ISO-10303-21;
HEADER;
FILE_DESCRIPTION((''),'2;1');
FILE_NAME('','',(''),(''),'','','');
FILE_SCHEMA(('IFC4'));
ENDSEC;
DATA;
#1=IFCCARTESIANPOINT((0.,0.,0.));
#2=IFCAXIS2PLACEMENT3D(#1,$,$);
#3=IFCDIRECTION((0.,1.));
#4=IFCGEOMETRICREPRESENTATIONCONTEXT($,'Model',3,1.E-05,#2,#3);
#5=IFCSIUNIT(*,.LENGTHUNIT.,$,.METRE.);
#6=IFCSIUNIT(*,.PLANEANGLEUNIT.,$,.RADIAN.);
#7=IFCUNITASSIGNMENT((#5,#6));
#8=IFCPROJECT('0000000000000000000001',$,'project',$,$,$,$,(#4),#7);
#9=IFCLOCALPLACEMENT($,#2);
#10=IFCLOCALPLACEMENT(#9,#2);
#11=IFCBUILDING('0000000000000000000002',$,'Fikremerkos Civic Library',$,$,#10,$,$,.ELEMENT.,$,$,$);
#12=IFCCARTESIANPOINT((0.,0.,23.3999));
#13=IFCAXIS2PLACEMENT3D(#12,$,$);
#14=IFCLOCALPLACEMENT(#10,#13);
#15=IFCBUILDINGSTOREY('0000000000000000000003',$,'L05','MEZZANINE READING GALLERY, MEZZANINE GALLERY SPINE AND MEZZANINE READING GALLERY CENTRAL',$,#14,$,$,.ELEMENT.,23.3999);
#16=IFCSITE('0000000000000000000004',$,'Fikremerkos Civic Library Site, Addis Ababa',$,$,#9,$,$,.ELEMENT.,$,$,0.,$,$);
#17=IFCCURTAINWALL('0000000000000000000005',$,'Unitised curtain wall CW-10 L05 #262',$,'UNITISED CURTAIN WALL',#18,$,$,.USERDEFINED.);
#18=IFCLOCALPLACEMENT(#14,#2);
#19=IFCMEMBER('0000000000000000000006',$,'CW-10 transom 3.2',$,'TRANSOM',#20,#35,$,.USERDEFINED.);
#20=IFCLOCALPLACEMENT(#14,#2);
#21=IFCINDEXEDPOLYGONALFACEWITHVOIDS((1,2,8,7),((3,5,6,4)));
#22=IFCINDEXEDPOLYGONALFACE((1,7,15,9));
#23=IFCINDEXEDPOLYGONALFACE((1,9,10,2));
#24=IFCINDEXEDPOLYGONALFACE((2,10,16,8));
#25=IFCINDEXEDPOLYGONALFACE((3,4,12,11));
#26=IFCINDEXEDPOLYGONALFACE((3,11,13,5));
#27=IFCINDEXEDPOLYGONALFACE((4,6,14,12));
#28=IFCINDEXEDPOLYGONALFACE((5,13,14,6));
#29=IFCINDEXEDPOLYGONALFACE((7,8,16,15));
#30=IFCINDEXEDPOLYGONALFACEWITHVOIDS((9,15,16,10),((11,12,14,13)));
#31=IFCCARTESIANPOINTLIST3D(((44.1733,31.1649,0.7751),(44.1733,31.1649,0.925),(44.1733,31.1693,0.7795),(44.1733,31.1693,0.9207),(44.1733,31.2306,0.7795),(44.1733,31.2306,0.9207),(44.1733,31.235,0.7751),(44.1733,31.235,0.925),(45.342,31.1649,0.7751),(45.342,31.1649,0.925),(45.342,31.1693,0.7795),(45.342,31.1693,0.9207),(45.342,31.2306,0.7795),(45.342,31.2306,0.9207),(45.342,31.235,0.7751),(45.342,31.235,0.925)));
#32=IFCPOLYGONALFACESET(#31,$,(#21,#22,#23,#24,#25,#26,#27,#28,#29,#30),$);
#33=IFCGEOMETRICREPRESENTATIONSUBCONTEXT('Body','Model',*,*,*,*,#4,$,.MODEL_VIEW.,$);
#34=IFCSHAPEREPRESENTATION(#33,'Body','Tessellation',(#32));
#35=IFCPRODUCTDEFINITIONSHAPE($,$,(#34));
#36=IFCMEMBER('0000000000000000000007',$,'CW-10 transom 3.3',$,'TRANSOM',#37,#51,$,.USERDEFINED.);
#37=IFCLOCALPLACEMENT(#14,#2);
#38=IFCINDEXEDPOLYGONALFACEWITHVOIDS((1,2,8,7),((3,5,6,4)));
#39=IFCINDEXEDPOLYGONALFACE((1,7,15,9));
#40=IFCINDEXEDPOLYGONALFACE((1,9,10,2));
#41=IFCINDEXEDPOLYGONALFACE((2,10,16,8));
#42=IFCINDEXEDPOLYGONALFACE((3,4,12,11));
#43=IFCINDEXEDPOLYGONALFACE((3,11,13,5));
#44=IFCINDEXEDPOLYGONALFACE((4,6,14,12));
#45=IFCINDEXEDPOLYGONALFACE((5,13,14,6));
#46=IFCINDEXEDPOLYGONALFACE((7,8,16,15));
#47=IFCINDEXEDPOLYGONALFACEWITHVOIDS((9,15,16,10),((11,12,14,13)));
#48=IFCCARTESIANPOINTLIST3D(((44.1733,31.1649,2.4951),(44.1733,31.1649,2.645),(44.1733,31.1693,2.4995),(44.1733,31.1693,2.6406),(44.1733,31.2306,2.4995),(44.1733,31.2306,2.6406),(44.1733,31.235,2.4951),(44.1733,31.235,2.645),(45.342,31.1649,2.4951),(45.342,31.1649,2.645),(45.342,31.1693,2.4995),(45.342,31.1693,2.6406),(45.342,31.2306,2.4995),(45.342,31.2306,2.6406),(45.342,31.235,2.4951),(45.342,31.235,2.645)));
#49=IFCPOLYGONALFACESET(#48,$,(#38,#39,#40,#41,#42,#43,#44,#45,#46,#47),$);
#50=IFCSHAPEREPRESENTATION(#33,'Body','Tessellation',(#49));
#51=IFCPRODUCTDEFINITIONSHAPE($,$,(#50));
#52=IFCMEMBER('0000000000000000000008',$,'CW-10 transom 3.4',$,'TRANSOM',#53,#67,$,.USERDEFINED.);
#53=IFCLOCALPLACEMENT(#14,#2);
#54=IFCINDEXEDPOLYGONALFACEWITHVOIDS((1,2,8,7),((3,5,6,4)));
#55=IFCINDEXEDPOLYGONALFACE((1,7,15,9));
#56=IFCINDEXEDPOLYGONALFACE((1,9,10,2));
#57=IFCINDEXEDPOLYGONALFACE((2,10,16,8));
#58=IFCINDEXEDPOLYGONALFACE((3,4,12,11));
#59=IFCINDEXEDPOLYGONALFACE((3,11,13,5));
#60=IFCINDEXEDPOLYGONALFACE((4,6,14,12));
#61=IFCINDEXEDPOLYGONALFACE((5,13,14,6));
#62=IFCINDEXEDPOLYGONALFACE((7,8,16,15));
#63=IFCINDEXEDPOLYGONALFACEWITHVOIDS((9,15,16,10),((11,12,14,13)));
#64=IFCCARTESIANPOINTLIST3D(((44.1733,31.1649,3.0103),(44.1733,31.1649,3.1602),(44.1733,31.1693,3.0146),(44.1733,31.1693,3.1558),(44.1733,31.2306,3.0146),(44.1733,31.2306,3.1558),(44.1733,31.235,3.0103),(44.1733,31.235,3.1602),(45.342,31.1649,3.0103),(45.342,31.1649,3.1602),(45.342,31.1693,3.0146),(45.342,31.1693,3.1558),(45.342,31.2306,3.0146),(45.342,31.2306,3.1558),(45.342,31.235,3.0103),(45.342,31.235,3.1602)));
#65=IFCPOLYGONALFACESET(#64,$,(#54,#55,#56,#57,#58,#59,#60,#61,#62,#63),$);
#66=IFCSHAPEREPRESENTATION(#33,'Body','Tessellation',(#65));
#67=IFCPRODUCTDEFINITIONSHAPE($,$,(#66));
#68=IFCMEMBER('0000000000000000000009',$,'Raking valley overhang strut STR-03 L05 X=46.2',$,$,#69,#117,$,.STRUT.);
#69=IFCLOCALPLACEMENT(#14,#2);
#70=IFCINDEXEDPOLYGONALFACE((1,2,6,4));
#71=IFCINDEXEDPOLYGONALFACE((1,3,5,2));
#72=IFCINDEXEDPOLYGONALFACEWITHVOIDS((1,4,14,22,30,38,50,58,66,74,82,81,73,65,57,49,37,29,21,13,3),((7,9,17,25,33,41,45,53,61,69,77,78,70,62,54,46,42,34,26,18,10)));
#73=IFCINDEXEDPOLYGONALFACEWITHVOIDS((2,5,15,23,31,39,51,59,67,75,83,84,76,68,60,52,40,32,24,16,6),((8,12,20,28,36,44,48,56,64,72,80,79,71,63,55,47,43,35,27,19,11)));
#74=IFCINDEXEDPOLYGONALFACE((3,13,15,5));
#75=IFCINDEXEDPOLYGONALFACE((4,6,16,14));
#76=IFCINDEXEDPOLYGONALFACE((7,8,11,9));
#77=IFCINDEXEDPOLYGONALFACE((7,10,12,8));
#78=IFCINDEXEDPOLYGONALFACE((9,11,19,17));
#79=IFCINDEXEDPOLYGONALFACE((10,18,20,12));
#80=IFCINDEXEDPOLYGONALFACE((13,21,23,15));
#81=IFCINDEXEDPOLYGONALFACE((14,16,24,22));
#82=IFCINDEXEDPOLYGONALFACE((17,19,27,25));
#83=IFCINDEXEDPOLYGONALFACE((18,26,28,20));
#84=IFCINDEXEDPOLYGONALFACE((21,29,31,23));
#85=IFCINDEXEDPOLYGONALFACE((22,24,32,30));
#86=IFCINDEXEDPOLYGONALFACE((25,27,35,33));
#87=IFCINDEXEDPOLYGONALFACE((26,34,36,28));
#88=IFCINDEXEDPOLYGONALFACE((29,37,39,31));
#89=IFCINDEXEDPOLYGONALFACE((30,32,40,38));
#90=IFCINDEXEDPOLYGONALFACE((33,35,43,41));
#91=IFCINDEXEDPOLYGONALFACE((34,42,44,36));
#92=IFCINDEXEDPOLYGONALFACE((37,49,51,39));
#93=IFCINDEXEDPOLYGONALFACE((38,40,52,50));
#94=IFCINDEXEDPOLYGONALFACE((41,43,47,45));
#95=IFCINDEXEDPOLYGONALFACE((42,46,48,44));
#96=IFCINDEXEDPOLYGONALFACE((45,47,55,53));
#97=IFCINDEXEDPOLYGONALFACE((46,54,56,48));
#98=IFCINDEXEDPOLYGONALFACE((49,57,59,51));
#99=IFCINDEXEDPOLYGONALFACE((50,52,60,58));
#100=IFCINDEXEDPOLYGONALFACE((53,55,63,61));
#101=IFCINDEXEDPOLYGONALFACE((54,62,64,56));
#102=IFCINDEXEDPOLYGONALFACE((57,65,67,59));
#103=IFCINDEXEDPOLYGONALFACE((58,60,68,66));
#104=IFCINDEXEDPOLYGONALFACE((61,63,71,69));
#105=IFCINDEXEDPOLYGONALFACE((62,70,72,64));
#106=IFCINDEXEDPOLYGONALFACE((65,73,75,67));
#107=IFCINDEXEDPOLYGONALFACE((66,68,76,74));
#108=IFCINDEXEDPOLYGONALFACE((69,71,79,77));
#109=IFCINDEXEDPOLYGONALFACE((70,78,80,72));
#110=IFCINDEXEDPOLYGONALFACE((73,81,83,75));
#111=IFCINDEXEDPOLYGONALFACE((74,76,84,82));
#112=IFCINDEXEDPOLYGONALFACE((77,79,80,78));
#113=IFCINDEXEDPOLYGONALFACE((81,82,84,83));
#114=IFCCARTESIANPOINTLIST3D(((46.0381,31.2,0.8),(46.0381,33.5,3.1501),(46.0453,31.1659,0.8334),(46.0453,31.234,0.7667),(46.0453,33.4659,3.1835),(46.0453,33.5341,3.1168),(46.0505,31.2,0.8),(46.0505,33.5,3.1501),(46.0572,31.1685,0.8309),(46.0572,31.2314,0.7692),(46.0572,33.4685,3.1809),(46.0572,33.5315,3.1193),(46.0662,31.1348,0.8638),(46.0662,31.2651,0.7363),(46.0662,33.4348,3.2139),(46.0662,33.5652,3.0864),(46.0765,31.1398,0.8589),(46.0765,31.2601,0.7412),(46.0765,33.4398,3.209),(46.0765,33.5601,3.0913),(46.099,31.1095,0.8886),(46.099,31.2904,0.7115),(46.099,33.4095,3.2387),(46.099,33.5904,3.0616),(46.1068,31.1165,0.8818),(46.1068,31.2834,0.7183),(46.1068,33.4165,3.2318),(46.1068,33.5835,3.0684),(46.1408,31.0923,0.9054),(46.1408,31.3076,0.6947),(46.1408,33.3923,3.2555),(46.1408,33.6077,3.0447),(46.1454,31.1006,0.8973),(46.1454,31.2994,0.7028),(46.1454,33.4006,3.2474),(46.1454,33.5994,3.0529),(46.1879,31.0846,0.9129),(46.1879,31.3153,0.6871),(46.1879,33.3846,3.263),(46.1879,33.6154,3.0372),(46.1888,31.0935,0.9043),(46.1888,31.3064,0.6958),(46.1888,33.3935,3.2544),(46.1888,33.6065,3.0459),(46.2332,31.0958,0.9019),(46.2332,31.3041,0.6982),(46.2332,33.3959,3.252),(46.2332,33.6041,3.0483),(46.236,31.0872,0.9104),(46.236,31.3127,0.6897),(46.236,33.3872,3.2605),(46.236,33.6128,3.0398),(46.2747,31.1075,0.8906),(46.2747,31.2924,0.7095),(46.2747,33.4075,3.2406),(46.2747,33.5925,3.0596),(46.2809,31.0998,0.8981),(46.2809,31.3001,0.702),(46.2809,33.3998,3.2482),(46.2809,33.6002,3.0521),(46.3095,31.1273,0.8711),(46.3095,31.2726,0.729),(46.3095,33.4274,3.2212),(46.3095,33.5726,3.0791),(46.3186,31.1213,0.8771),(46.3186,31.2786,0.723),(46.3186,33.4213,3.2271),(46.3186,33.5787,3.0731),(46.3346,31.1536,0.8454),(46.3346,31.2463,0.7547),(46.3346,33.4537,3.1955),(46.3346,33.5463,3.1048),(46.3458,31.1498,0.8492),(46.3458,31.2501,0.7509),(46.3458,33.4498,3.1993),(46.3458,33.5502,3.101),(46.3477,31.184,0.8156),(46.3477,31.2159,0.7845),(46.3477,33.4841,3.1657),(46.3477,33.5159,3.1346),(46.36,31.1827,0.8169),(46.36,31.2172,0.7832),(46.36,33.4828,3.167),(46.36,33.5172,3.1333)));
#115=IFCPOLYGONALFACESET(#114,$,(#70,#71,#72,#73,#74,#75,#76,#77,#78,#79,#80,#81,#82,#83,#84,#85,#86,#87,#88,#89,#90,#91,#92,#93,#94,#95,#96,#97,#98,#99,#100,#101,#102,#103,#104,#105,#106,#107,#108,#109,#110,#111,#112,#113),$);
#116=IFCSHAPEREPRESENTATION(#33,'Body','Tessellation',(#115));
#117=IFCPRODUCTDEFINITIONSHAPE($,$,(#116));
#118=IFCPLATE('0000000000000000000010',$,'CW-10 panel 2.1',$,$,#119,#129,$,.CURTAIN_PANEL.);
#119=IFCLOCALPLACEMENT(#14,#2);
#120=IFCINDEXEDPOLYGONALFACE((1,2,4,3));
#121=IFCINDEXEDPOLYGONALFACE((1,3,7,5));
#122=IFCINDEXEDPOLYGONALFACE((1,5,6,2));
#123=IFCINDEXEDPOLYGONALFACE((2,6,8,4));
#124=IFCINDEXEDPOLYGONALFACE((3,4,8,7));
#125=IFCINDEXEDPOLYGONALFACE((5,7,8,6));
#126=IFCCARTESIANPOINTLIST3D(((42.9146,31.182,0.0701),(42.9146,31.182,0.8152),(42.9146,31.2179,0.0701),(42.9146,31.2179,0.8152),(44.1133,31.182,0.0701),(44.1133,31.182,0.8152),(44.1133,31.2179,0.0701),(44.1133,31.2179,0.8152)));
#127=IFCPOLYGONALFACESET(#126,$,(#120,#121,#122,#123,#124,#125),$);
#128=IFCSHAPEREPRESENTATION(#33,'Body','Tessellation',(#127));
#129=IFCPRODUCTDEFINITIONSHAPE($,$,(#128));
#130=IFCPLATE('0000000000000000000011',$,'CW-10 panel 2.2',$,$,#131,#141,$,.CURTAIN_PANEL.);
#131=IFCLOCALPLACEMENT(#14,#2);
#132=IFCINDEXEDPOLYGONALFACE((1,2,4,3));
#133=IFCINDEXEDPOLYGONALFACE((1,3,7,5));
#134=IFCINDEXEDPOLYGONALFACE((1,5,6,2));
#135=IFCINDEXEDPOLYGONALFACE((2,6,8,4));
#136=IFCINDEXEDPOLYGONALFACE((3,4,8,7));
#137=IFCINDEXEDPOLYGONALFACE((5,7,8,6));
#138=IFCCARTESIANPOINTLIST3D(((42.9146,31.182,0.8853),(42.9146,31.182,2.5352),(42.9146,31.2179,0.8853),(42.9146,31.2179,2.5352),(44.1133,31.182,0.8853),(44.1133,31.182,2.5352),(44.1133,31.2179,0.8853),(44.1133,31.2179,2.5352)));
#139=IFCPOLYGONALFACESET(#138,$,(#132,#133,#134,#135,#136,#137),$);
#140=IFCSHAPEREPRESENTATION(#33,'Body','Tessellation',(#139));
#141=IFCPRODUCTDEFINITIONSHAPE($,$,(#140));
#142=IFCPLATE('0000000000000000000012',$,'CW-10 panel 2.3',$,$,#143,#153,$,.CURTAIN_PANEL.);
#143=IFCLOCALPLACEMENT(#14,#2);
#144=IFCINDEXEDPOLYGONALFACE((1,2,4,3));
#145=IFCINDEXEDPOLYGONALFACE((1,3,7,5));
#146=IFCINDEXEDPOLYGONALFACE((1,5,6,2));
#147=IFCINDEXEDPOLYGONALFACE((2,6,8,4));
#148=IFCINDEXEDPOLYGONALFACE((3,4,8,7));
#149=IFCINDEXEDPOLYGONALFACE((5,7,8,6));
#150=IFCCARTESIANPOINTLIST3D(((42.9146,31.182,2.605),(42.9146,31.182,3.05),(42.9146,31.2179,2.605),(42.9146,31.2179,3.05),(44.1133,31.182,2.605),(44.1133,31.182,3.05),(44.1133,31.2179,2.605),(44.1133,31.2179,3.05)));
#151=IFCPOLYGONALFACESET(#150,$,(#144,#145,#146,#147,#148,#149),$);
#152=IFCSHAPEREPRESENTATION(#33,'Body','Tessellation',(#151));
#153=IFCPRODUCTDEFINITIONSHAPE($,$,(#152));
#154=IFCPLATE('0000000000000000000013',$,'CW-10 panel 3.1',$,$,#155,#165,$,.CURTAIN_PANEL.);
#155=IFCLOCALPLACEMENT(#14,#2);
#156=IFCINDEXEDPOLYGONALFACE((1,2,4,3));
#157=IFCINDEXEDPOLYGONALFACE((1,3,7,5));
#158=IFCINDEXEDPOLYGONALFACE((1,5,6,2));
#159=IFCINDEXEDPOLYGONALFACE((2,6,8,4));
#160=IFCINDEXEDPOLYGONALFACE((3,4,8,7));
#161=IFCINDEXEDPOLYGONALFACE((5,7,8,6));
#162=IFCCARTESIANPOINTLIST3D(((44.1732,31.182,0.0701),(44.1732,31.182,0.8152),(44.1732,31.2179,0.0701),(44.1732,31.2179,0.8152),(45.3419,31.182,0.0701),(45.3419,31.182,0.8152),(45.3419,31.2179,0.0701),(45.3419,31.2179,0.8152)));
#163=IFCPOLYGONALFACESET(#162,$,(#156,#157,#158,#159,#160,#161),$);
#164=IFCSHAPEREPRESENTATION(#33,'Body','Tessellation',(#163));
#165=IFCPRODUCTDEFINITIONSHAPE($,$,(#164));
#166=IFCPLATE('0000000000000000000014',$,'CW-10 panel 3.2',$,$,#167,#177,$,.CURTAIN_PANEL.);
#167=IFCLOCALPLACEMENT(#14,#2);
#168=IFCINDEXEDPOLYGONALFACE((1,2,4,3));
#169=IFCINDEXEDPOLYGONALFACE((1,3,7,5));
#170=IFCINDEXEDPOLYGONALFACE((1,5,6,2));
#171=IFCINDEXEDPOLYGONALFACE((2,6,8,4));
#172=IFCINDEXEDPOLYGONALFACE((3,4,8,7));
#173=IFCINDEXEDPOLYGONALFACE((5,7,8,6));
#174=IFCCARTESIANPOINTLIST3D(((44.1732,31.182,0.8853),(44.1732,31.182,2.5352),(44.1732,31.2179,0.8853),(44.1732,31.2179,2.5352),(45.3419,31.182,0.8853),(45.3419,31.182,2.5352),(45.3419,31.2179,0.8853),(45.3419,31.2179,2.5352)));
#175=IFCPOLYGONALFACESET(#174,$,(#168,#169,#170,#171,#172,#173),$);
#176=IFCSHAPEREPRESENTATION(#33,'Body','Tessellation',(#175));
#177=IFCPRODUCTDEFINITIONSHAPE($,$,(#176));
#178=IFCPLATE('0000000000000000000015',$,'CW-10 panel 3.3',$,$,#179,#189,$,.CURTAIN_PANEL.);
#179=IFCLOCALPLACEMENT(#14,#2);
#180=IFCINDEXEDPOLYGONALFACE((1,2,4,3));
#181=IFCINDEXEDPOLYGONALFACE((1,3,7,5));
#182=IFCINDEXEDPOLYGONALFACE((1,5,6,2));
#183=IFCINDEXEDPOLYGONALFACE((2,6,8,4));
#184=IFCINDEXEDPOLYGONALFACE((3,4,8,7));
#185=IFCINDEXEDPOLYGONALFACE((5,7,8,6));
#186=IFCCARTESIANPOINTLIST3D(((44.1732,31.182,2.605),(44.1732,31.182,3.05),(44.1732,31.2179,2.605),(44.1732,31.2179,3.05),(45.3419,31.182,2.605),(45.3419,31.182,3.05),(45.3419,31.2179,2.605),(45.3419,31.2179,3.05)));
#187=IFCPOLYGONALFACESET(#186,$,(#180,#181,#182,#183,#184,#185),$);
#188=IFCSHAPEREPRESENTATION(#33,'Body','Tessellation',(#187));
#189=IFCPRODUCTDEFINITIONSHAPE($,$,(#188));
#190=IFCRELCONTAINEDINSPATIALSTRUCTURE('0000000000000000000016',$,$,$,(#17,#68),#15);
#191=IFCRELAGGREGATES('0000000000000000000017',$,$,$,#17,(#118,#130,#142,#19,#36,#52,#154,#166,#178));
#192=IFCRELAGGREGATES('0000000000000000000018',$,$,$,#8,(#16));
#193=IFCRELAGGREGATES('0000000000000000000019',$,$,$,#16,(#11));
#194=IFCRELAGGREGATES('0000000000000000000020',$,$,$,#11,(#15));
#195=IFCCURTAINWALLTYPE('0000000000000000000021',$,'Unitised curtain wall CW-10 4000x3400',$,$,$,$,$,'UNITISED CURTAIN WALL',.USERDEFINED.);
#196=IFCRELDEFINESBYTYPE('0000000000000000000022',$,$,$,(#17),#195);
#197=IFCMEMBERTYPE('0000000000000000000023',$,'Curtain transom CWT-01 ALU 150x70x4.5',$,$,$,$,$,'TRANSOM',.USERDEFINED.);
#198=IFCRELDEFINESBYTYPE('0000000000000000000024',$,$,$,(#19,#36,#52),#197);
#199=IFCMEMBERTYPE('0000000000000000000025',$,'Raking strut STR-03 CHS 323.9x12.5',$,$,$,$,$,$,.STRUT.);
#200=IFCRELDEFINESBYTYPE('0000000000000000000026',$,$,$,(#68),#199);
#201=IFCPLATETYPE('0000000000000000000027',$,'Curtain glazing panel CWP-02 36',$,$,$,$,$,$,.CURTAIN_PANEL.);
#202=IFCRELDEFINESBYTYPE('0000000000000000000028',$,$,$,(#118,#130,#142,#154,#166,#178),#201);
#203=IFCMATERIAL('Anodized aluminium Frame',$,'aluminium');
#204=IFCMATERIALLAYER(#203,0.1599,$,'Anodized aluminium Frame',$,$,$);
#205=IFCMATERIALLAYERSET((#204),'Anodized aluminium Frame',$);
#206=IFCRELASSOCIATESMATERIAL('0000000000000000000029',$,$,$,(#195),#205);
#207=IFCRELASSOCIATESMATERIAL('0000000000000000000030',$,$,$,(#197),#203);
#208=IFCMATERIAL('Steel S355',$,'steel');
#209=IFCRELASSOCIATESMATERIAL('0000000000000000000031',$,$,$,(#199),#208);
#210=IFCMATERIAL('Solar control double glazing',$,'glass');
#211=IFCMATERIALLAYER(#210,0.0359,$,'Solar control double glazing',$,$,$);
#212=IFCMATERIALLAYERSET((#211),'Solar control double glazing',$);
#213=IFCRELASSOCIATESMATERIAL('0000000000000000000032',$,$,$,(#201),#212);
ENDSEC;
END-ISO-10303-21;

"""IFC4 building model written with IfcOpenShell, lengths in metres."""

from ifc_helpers import new_model, si_unit, direction, frame, origin, origin_2d, place, context, subcontext, project, spatial, rectangle, hollow_rectangle, hollow_circle, extrude, material, layer, layer_set, material_profile, profile_set, type_object, element, aggregate, save


model = new_model("IFC4")

# Units and contexts
model_context = context("Model", 3, precision=1e-05, world=origin(), true_north=direction((0.0, 1.0)))
body_context = subcontext(model_context, "Body", "Model", "MODEL_VIEW")
ifc_project = project(units=[si_unit("LENGTHUNIT", "METRE"), si_unit("PLANEANGLEUNIT", "RADIAN")], contexts=[model_context])

# Site, building, storey
site_placement = place(None, origin())
site = spatial("IfcSite", under=ifc_project, at=site_placement, Name="Fikremerkos Civic Library Site, Addis Ababa", CompositionType="ELEMENT", RefElevation=0.0)
building_placement = place(site_placement, origin())
building = spatial("IfcBuilding", under=site, at=building_placement, Name="Fikremerkos Civic Library", CompositionType="ELEMENT")
storey_placement = place(building_placement, frame((0.0, 0.0, 23.3999)))
storey = spatial("IfcBuildingStorey", under=building, at=storey_placement, Name="L05", Description="MEZZANINE READING GALLERY, MEZZANINE GALLERY SPINE AND MEZZANINE READING GALLERY CENTRAL", CompositionType="ELEMENT", Elevation=23.3999)

# Curtain wall
ifc_material_1 = material(Name="Anodized aluminium Frame", Category="aluminium")
ifc_layer_1 = layer(ifc_material_1, 0.1599, Name="Anodized aluminium Frame")
ifc_layer_set_1 = layer_set([ifc_layer_1], Name="Anodized aluminium Frame")
curtain_wall_type_1 = type_object("IfcCurtainWallType", Name="Unitised curtain wall CW-10 4000x3400", ElementType="UNITISED CURTAIN WALL", PredefinedType="USERDEFINED", material=ifc_layer_set_1)
curtain_wall_1_placement = place(storey_placement, origin())
curtain_wall_1 = element("IfcCurtainWall", 1, at=curtain_wall_1_placement, inside=storey, type_object=curtain_wall_type_1, Name="Unitised curtain wall CW-10 L05 #262", ObjectType="UNITISED CURTAIN WALL", PredefinedType="USERDEFINED")

# Members
ifc_material_profile_1 = material_profile(ifc_material_1, hollow_rectangle(XDim=0.0701, YDim=0.1499, WallThickness=0.0044, at=origin_2d()), Name="ALU 150x70x4.5")
ifc_profile_set_1 = profile_set([ifc_material_profile_1], Name="Anodized aluminium Frame")
member_type_1 = type_object("IfcMemberType", Name="Curtain transom CWT-01 ALU 150x70x4.5", ElementType="TRANSOM", PredefinedType="USERDEFINED", material=ifc_profile_set_1)
member_1_placement = place(storey_placement, frame((44.1733, 31.2, 0.8501), z_axis=(1.0, 0.0, 0.0), x_axis=(0.0, 1.0, 0.0)))
member_1 = element("IfcMember", 2, at=member_1_placement, type_object=member_type_1, Name="CW-10 transom 3.2", ObjectType="TRANSOM", PredefinedType="USERDEFINED", context=body_context, shape_type="SweptSolid", body=[
    extrude(hollow_rectangle(XDim=0.0701, YDim=0.1499, WallThickness=0.0044, at=origin_2d()), origin(), (0.0, 0.0, 1.0), 1.1687),
])
member_2_placement = place(storey_placement, frame((44.1733, 31.2, 2.5701), z_axis=(1.0, 0.0, 0.0), x_axis=(0.0, 1.0, 0.0)))
member_2 = element("IfcMember", 3, at=member_2_placement, type_object=member_type_1, Name="CW-10 transom 3.3", ObjectType="TRANSOM", PredefinedType="USERDEFINED", context=body_context, shape_type="SweptSolid", body=[
    extrude(hollow_rectangle(XDim=0.0701, YDim=0.1499, WallThickness=0.0044, at=origin_2d()), origin(), (0.0, 0.0, 1.0), 1.1687),
])
member_3_placement = place(storey_placement, frame((44.1733, 31.2, 3.0852), z_axis=(1.0, 0.0, 0.0), x_axis=(0.0, 1.0, 0.0)))
member_3 = element("IfcMember", 4, at=member_3_placement, type_object=member_type_1, Name="CW-10 transom 3.4", ObjectType="TRANSOM", PredefinedType="USERDEFINED", context=body_context, shape_type="SweptSolid", body=[
    extrude(hollow_rectangle(XDim=0.0701, YDim=0.1499, WallThickness=0.0044, at=origin_2d()), origin(), (0.0, 0.0, 1.0), 1.1687),
])
ifc_material_2 = material(Name="Steel S355", Category="steel")
ifc_material_profile_2 = material_profile(ifc_material_2, hollow_circle(Radius=0.1619, WallThickness=0.0125, at=origin_2d()), Name="CHS 323.9x12.5")
ifc_profile_set_2 = profile_set([ifc_material_profile_2], Name="Steel S355")
member_type_2 = type_object("IfcMemberType", Name="Raking strut STR-03 CHS 323.9x12.5", PredefinedType="STRUT", material=ifc_profile_set_2)
member_4_placement = place(storey_placement, frame((46.2, 31.2, 0.8), z_axis=(0.0, 0.699456, 0.714676), x_axis=(-1.0, 0.0, 0.0)))
element("IfcMember", 5, at=member_4_placement, inside=storey, type_object=member_type_2, Name="Raking valley overhang strut STR-03 L05 X=46.2", PredefinedType="STRUT", context=body_context, shape_type="SweptSolid", body=[
    extrude(hollow_circle(Radius=0.1619, WallThickness=0.0125, at=origin_2d()), origin(), (0.0, 0.0, 1.0), 3.2883),
])

# Plates
ifc_material_3 = material(Name="Solar control double glazing", Category="glass")
ifc_layer_2 = layer(ifc_material_3, 0.0359, Name="Solar control double glazing")
ifc_layer_set_2 = layer_set([ifc_layer_2], Name="Solar control double glazing")
plate_type_1 = type_object("IfcPlateType", Name="Curtain glazing panel CWP-02 36", PredefinedType="CURTAIN_PANEL", material=ifc_layer_set_2)
plate_1_placement = place(storey_placement, frame((43.5139, 31.2, 0.0701), z_axis=(0.0, 0.0, 1.0), x_axis=(1.0, 0.0, 0.0)))
plate_1 = element("IfcPlate", 6, at=plate_1_placement, type_object=plate_type_1, Name="CW-10 panel 2.1", PredefinedType="CURTAIN_PANEL", context=body_context, shape_type="SweptSolid", body=[
    extrude(rectangle(XDim=1.1987, YDim=0.0359, at=origin_2d()), origin(), (0.0, 0.0, 1.0), 0.7451),
])
plate_2_placement = place(storey_placement, frame((43.5139, 31.2, 0.8853), z_axis=(0.0, 0.0, 1.0), x_axis=(1.0, 0.0, 0.0)))
plate_2 = element("IfcPlate", 7, at=plate_2_placement, type_object=plate_type_1, Name="CW-10 panel 2.2", PredefinedType="CURTAIN_PANEL", context=body_context, shape_type="SweptSolid", body=[
    extrude(rectangle(XDim=1.1987, YDim=0.0359, at=origin_2d()), origin(), (0.0, 0.0, 1.0), 1.6499),
])
plate_3_placement = place(storey_placement, frame((43.5139, 31.2, 2.605), z_axis=(0.0, 0.0, 1.0), x_axis=(1.0, 0.0, 0.0)))
plate_3 = element("IfcPlate", 8, at=plate_3_placement, type_object=plate_type_1, Name="CW-10 panel 2.3", PredefinedType="CURTAIN_PANEL", context=body_context, shape_type="SweptSolid", body=[
    extrude(rectangle(XDim=1.1987, YDim=0.0359, at=origin_2d()), origin(), (0.0, 0.0, 1.0), 0.4451),
])
plate_4_placement = place(storey_placement, frame((44.7576, 31.2, 0.0701), z_axis=(0.0, 0.0, 1.0), x_axis=(1.0, 0.0, 0.0)))
plate_4 = element("IfcPlate", 9, at=plate_4_placement, type_object=plate_type_1, Name="CW-10 panel 3.1", PredefinedType="CURTAIN_PANEL", context=body_context, shape_type="SweptSolid", body=[
    extrude(rectangle(XDim=1.1687, YDim=0.0359, at=origin_2d()), origin(), (0.0, 0.0, 1.0), 0.7451),
])
plate_5_placement = place(storey_placement, frame((44.7576, 31.2, 0.8853), z_axis=(0.0, 0.0, 1.0), x_axis=(1.0, 0.0, 0.0)))
plate_5 = element("IfcPlate", 10, at=plate_5_placement, type_object=plate_type_1, Name="CW-10 panel 3.2", PredefinedType="CURTAIN_PANEL", context=body_context, shape_type="SweptSolid", body=[
    extrude(rectangle(XDim=1.1687, YDim=0.0359, at=origin_2d()), origin(), (0.0, 0.0, 1.0), 1.6499),
])
plate_6_placement = place(storey_placement, frame((44.7576, 31.2, 2.605), z_axis=(0.0, 0.0, 1.0), x_axis=(1.0, 0.0, 0.0)))
plate_6 = element("IfcPlate", 11, at=plate_6_placement, type_object=plate_type_1, Name="CW-10 panel 3.3", PredefinedType="CURTAIN_PANEL", context=body_context, shape_type="SweptSolid", body=[
    extrude(rectangle(XDim=1.1687, YDim=0.0359, at=origin_2d()), origin(), (0.0, 0.0, 1.0), 0.4451),
])
aggregate(curtain_wall_1, [plate_1, plate_2, plate_3, member_1, member_2, member_3, plate_4, plate_5, plate_6])

save(model, "model.ifc")
